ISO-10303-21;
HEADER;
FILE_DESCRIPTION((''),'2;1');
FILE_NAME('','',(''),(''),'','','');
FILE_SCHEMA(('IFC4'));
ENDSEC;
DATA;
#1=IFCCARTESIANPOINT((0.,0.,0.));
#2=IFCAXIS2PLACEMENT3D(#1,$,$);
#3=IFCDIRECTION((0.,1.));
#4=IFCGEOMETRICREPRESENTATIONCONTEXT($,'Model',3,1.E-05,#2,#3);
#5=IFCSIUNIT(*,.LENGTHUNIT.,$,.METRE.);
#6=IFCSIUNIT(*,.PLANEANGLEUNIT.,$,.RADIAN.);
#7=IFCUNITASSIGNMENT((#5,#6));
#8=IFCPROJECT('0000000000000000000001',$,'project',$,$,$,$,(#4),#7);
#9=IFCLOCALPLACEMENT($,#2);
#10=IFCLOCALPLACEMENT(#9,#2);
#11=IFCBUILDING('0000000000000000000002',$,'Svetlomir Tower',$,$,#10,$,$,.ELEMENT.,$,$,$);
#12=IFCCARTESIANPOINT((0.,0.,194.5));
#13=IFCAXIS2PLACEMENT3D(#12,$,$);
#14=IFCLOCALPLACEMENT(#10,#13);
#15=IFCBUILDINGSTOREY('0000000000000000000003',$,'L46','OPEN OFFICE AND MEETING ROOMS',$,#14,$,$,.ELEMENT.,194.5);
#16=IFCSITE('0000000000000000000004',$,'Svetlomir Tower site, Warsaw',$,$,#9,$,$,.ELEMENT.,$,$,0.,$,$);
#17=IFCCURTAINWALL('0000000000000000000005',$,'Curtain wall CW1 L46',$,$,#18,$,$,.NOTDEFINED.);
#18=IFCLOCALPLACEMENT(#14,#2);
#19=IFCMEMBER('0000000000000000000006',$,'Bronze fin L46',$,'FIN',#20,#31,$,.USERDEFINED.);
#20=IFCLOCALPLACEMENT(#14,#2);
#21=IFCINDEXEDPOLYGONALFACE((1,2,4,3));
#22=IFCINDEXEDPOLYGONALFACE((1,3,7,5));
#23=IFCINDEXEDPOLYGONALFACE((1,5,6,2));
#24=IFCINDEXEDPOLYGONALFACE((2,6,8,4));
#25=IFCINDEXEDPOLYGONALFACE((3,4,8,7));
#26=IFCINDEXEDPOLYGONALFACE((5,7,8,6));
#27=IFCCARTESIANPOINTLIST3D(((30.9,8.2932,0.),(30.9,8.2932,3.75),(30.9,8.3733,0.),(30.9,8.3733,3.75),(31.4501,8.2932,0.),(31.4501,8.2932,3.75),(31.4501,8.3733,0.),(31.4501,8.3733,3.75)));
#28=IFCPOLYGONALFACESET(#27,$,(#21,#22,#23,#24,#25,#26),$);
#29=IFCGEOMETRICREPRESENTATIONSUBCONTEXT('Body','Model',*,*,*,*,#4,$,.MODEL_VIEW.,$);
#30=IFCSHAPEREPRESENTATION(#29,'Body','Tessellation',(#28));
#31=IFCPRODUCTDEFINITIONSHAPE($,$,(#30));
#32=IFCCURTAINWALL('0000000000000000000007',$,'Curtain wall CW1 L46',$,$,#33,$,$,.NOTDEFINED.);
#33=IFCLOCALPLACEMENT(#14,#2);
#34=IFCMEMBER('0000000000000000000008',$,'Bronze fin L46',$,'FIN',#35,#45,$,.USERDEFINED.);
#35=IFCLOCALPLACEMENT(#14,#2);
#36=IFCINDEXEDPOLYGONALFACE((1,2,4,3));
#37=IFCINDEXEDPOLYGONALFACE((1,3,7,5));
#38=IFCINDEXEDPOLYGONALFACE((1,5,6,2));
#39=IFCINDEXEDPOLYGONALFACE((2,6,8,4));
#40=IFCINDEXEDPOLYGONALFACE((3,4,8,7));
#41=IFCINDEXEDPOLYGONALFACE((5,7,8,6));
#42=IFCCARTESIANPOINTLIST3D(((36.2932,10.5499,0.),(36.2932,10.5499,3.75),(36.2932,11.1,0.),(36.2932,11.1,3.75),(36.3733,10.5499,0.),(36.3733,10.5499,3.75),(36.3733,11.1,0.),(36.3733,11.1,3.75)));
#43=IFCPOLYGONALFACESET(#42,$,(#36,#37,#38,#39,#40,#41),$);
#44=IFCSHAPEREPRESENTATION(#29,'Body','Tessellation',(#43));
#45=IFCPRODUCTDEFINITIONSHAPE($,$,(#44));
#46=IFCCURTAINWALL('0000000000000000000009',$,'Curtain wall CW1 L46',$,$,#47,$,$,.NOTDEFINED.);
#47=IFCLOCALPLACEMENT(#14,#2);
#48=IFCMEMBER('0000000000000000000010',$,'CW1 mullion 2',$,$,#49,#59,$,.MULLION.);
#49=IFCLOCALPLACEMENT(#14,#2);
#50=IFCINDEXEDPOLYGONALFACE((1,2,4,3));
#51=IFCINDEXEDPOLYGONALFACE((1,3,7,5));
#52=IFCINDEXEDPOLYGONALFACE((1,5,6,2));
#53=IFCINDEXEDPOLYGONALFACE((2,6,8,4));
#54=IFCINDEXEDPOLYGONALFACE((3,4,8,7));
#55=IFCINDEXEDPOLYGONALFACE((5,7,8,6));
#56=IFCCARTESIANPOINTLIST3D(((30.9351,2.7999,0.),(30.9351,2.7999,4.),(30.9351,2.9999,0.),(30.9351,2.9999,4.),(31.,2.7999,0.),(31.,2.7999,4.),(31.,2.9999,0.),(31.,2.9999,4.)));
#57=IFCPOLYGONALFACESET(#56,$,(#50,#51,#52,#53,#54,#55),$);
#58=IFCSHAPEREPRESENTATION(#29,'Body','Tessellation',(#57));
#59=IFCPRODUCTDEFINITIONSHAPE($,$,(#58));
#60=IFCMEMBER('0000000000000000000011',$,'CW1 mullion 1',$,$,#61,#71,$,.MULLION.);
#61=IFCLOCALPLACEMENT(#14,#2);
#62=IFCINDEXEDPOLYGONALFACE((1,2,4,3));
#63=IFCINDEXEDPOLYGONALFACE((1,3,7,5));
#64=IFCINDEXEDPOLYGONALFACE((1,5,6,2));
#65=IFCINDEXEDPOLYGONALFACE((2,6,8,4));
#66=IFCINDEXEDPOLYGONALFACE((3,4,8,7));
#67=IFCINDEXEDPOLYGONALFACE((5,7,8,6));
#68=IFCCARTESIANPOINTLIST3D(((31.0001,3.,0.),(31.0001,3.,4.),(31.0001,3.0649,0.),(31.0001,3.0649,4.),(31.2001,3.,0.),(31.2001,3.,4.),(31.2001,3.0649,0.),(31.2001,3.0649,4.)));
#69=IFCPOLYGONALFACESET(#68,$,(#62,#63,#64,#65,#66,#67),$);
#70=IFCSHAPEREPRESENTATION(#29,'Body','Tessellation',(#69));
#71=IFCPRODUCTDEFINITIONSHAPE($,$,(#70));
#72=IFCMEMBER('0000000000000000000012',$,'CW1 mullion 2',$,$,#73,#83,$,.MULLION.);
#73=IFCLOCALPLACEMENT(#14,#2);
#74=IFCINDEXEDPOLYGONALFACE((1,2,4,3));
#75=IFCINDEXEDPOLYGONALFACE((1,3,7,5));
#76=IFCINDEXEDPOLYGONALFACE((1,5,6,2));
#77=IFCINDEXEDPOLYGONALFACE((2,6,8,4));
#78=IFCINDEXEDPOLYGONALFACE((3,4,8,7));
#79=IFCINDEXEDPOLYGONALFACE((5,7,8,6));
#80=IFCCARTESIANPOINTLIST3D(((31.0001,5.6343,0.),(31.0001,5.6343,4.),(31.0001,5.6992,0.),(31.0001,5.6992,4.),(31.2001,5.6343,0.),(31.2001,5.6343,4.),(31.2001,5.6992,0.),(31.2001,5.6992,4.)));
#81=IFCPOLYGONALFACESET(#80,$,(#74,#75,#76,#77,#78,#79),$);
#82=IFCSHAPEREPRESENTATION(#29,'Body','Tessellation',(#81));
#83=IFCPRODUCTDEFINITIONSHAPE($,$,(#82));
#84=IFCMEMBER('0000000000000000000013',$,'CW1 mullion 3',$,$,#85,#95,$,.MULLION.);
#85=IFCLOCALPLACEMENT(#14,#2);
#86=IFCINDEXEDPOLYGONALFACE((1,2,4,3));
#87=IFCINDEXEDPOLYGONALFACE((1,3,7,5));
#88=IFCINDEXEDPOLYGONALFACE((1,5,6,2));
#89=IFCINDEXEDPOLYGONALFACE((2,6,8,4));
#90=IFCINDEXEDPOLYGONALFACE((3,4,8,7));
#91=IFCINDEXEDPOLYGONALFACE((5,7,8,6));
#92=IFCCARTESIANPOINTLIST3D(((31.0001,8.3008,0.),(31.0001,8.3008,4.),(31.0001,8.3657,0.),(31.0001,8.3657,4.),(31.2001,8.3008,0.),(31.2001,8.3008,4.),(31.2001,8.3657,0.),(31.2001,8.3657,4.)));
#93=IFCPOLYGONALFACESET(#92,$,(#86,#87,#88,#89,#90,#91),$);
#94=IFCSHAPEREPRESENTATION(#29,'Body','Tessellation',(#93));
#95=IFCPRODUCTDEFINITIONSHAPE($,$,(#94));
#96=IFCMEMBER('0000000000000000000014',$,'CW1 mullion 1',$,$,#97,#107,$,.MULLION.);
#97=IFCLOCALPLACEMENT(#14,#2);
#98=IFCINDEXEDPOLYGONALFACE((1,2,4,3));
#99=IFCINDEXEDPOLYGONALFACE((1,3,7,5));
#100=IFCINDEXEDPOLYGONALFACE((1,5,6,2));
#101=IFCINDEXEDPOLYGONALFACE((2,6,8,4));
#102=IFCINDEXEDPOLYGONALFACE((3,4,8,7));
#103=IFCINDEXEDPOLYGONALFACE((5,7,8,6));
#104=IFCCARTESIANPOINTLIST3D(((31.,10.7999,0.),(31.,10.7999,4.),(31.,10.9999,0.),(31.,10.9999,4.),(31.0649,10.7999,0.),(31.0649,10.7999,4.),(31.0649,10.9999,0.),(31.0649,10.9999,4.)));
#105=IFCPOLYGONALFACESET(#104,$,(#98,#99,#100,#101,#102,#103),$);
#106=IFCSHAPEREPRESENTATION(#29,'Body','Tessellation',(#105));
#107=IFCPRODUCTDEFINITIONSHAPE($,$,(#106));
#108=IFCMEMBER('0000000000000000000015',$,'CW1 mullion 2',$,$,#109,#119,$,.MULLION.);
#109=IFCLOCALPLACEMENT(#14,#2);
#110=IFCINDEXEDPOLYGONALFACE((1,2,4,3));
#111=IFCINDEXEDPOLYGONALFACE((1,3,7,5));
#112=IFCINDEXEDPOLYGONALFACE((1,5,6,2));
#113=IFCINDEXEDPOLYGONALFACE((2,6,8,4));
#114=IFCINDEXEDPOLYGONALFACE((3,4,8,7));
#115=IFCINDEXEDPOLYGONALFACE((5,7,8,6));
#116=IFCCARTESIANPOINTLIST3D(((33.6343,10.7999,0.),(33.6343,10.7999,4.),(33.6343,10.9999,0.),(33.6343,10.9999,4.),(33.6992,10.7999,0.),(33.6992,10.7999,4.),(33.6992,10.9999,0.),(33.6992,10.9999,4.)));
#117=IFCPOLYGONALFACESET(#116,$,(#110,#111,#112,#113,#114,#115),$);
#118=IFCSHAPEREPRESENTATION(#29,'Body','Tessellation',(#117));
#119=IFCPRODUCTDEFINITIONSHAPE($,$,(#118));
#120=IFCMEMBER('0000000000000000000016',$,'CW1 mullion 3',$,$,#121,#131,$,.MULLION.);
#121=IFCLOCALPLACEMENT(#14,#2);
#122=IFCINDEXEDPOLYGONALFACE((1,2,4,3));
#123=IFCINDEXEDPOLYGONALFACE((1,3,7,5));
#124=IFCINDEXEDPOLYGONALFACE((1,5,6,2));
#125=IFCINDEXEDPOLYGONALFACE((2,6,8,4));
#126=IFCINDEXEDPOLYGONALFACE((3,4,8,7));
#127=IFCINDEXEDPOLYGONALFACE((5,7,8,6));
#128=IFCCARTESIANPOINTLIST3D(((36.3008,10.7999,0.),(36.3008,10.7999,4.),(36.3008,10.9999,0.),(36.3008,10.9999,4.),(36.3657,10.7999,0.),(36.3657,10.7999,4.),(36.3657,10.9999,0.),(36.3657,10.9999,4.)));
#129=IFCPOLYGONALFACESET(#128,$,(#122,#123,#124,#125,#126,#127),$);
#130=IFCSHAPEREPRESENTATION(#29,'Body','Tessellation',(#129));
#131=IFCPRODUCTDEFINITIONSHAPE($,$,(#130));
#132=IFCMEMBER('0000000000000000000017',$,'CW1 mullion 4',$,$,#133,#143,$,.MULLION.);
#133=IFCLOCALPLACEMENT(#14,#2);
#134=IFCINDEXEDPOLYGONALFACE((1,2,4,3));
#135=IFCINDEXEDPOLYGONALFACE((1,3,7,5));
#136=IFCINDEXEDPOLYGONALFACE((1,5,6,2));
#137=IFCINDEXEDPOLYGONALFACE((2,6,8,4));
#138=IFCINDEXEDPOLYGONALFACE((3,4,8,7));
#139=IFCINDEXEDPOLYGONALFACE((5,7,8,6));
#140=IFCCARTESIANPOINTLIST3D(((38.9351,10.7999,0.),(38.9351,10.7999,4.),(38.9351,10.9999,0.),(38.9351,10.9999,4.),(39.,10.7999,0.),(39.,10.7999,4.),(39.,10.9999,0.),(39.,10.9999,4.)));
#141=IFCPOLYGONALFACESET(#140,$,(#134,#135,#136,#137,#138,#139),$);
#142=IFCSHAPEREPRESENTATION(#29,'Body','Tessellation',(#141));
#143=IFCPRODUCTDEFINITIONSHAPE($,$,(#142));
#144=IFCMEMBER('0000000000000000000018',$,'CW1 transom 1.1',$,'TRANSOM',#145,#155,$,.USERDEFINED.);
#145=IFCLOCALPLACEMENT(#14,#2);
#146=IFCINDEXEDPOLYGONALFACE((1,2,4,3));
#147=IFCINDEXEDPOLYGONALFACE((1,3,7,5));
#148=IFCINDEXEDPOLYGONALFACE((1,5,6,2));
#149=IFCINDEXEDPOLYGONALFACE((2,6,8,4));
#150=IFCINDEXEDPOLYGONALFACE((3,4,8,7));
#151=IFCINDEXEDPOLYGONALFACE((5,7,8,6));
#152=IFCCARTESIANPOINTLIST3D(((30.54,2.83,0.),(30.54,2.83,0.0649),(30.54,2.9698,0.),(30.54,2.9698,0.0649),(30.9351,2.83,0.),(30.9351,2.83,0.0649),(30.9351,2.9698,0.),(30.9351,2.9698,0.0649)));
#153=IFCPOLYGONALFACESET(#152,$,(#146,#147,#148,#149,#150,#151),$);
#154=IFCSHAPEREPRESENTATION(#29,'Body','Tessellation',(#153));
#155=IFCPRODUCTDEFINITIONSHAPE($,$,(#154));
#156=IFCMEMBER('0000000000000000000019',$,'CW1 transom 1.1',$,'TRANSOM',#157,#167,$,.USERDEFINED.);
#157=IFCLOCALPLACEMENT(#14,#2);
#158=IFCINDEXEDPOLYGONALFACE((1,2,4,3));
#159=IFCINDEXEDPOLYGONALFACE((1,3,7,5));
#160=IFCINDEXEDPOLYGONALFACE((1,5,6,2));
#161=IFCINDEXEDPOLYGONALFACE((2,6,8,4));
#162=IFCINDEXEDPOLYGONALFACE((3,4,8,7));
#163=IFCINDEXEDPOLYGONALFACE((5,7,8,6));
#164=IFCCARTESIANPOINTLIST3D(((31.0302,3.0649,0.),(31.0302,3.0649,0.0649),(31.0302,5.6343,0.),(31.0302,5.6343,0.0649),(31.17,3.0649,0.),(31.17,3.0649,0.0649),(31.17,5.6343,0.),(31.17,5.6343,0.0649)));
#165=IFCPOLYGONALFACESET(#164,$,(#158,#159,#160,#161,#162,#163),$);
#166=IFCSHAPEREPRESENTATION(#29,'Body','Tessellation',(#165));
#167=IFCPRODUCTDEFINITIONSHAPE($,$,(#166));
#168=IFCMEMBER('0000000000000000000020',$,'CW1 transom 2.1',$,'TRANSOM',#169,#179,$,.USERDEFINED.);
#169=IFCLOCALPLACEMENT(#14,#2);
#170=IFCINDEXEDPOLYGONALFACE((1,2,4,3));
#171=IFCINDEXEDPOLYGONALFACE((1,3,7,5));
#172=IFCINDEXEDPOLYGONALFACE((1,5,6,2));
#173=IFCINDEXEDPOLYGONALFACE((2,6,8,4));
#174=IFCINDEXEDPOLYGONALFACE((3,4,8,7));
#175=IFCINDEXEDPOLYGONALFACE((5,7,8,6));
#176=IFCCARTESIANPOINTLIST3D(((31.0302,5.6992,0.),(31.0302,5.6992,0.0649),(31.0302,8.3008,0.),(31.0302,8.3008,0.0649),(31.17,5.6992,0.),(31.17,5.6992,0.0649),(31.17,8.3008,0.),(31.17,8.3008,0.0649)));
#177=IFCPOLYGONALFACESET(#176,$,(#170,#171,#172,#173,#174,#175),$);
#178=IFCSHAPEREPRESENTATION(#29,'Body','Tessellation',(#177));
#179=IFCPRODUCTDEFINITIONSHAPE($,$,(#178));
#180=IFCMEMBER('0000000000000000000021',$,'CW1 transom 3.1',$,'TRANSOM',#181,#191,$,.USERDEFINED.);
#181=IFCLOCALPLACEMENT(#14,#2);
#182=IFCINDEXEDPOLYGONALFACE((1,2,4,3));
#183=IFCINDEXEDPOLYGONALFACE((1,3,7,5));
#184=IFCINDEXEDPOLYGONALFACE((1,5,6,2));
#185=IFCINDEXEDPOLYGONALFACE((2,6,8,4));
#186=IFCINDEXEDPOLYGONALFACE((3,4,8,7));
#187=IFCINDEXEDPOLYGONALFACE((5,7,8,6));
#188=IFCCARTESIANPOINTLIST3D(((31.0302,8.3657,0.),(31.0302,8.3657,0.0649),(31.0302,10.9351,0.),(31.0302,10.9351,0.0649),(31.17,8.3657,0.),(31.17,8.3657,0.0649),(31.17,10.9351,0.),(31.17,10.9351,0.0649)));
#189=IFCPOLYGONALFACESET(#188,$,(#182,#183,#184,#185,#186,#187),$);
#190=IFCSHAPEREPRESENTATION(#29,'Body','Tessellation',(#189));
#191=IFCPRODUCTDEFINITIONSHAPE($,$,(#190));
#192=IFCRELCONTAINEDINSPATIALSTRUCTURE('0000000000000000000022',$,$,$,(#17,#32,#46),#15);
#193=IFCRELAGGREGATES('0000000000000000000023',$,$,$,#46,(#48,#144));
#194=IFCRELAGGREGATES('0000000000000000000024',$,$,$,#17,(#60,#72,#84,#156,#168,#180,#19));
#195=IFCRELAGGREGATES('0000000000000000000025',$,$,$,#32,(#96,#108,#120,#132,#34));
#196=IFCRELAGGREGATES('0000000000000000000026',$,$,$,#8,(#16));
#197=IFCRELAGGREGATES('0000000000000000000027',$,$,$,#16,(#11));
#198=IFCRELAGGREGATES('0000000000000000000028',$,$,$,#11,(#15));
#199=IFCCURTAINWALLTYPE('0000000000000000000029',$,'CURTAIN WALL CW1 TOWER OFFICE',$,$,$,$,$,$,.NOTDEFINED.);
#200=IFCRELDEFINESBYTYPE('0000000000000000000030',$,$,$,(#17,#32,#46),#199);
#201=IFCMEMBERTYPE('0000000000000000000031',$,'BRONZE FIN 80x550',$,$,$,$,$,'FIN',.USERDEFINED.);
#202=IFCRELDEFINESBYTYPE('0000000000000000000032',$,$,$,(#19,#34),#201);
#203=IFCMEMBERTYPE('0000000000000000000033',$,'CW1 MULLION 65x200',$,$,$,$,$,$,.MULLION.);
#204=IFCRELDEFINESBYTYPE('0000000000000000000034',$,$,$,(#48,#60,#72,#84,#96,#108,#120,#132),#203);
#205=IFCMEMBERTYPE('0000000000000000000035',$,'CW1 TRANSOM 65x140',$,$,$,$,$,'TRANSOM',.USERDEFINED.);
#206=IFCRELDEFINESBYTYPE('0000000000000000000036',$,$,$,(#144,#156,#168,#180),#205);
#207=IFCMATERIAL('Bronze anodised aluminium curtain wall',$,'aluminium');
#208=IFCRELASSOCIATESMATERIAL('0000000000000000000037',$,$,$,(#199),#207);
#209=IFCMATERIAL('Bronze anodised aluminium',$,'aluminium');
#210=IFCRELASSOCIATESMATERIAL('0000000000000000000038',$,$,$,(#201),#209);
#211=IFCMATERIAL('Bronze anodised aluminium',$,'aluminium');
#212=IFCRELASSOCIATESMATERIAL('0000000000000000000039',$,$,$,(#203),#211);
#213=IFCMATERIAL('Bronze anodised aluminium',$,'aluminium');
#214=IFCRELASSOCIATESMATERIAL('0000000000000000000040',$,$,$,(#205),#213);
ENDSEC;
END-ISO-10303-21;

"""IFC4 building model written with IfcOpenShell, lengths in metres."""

from ifc_helpers import new_model, si_unit, direction, frame, origin, origin_2d, place, context, subcontext, project, spatial, rectangle, extrude, material, material_profile, profile_set, type_object, element, aggregate, save


model = new_model("IFC4")

# Units and contexts
model_context = context("Model", 3, precision=1e-05, world=origin(), true_north=direction((0.0, 1.0)))
body_context = subcontext(model_context, "Body", "Model", "MODEL_VIEW")
ifc_project = project(units=[si_unit("LENGTHUNIT", "METRE"), si_unit("PLANEANGLEUNIT", "RADIAN")], contexts=[model_context])

# Site, building, storey
site_placement = place(None, origin())
site = spatial("IfcSite", under=ifc_project, at=site_placement, Name="Svetlomir Tower site, Warsaw", CompositionType="ELEMENT", RefElevation=0.0)
building_placement = place(site_placement, origin())
building = spatial("IfcBuilding", under=site, at=building_placement, Name="Svetlomir Tower", CompositionType="ELEMENT")
storey_placement = place(building_placement, frame((0.0, 0.0, 194.5)))
storey = spatial("IfcBuildingStorey", under=building, at=storey_placement, Name="L46", Description="OPEN OFFICE AND MEETING ROOMS", CompositionType="ELEMENT", Elevation=194.5)

# Curtain walls, members
ifc_material_1 = material(Name="Bronze anodised aluminium curtain wall", Category="aluminium")
curtain_wall_type = type_object("IfcCurtainWallType", Name="CURTAIN WALL CW1 TOWER OFFICE", PredefinedType="NOTDEFINED", material=ifc_material_1)
curtain_wall_1_placement = place(storey_placement, origin())
curtain_wall_1 = element("IfcCurtainWall", 1, at=curtain_wall_1_placement, inside=storey, type_object=curtain_wall_type, Name="Curtain wall CW1 L46", PredefinedType="NOTDEFINED")
ifc_material_2 = material(Name="Bronze anodised aluminium", Category="aluminium")
ifc_material_profile_1 = material_profile(ifc_material_2, rectangle(XDim=0.0801, YDim=0.55, at=origin_2d()), Name="FIN 80x550")
ifc_profile_set_1 = profile_set([ifc_material_profile_1], Name="Bronze anodised aluminium 6063-T6")
member_type_1 = type_object("IfcMemberType", Name="BRONZE FIN 80x550", ElementType="FIN", PredefinedType="USERDEFINED", material=ifc_profile_set_1)
member_1_placement = place(storey_placement, frame((31.175, 8.3333, 0.0), z_axis=(0.0, 0.0, 1.0), x_axis=(0.0, 1.0, 0.0)))
member_1 = element("IfcMember", 2, at=member_1_placement, type_object=member_type_1, Name="Bronze fin L46", ObjectType="FIN", PredefinedType="USERDEFINED", context=body_context, shape_type="SweptSolid", body=[
    extrude(rectangle(XDim=0.0801, YDim=0.55, at=origin_2d()), origin(), (0.0, 0.0, 1.0), 3.75),
])
curtain_wall_2_placement = place(storey_placement, origin())
curtain_wall_2 = element("IfcCurtainWall", 3, at=curtain_wall_2_placement, inside=storey, type_object=curtain_wall_type, Name="Curtain wall CW1 L46", PredefinedType="NOTDEFINED")
member_2_placement = place(storey_placement, frame((36.3333, 10.825, 0.0), z_axis=(0.0, 0.0, 1.0), x_axis=(1.0, 0.0, 0.0)))
member_2 = element("IfcMember", 4, at=member_2_placement, type_object=member_type_1, Name="Bronze fin L46", ObjectType="FIN", PredefinedType="USERDEFINED", context=body_context, shape_type="SweptSolid", body=[
    extrude(rectangle(XDim=0.0801, YDim=0.55, at=origin_2d()), origin(), (0.0, 0.0, 1.0), 3.75),
])
curtain_wall_3_placement = place(storey_placement, origin())
curtain_wall_3 = element("IfcCurtainWall", 5, at=curtain_wall_3_placement, inside=storey, type_object=curtain_wall_type, Name="Curtain wall CW1 L46", PredefinedType="NOTDEFINED")
ifc_material_3 = material(Name="Bronze anodised aluminium", Category="aluminium")
ifc_material_profile_2 = material_profile(ifc_material_3, rectangle(XDim=0.0649, YDim=0.2, at=origin_2d()), Name="AL 65x200")
ifc_profile_set_2 = profile_set([ifc_material_profile_2], Name="Bronze anodised aluminium 6063-T6")
member_type_2 = type_object("IfcMemberType", Name="CW1 MULLION 65x200", PredefinedType="MULLION", material=ifc_profile_set_2)
member_3_placement = place(storey_placement, frame((30.9675, 2.8999, 0.0), z_axis=(0.0, 0.0, 1.0), x_axis=(1.0, 0.0, 0.0)))
member_3 = element("IfcMember", 6, at=member_3_placement, type_object=member_type_2, Name="CW1 mullion 2", PredefinedType="MULLION", context=body_context, shape_type="SweptSolid", body=[
    extrude(rectangle(XDim=0.0649, YDim=0.2, at=origin_2d()), origin(), (0.0, 0.0, 1.0), 4.0),
])

# Members
member_4_placement = place(storey_placement, frame((31.1001, 3.0325, 0.0), z_axis=(0.0, 0.0, 1.0), x_axis=(0.0, 1.0, 0.0)))
member_4 = element("IfcMember", 7, at=member_4_placement, type_object=member_type_2, Name="CW1 mullion 1", PredefinedType="MULLION", context=body_context, shape_type="SweptSolid", body=[
    extrude(rectangle(XDim=0.0649, YDim=0.2, at=origin_2d()), origin(), (0.0, 0.0, 1.0), 4.0),
])
member_5_placement = place(storey_placement, frame((31.1001, 5.6667, 0.0), z_axis=(0.0, 0.0, 1.0), x_axis=(0.0, 1.0, 0.0)))
member_5 = element("IfcMember", 8, at=member_5_placement, type_object=member_type_2, Name="CW1 mullion 2", PredefinedType="MULLION", context=body_context, shape_type="SweptSolid", body=[
    extrude(rectangle(XDim=0.0649, YDim=0.2, at=origin_2d()), origin(), (0.0, 0.0, 1.0), 4.0),
])
member_6_placement = place(storey_placement, frame((31.1001, 8.3333, 0.0), z_axis=(0.0, 0.0, 1.0), x_axis=(0.0, 1.0, 0.0)))
member_6 = element("IfcMember", 9, at=member_6_placement, type_object=member_type_2, Name="CW1 mullion 3", PredefinedType="MULLION", context=body_context, shape_type="SweptSolid", body=[
    extrude(rectangle(XDim=0.0649, YDim=0.2, at=origin_2d()), origin(), (0.0, 0.0, 1.0), 4.0),
])
member_7_placement = place(storey_placement, frame((31.0325, 10.8999, 0.0), z_axis=(0.0, 0.0, 1.0), x_axis=(1.0, 0.0, 0.0)))
member_7 = element("IfcMember", 10, at=member_7_placement, type_object=member_type_2, Name="CW1 mullion 1", PredefinedType="MULLION", context=body_context, shape_type="SweptSolid", body=[
    extrude(rectangle(XDim=0.0649, YDim=0.2, at=origin_2d()), origin(), (0.0, 0.0, 1.0), 4.0),
])
member_8_placement = place(storey_placement, frame((33.6667, 10.8999, 0.0), z_axis=(0.0, 0.0, 1.0), x_axis=(1.0, 0.0, 0.0)))
member_8 = element("IfcMember", 11, at=member_8_placement, type_object=member_type_2, Name="CW1 mullion 2", PredefinedType="MULLION", context=body_context, shape_type="SweptSolid", body=[
    extrude(rectangle(XDim=0.0649, YDim=0.2, at=origin_2d()), origin(), (0.0, 0.0, 1.0), 4.0),
])
member_9_placement = place(storey_placement, frame((36.3333, 10.8999, 0.0), z_axis=(0.0, 0.0, 1.0), x_axis=(1.0, 0.0, 0.0)))
member_9 = element("IfcMember", 12, at=member_9_placement, type_object=member_type_2, Name="CW1 mullion 3", PredefinedType="MULLION", context=body_context, shape_type="SweptSolid", body=[
    extrude(rectangle(XDim=0.0649, YDim=0.2, at=origin_2d()), origin(), (0.0, 0.0, 1.0), 4.0),
])
member_10_placement = place(storey_placement, frame((38.9675, 10.8999, 0.0), z_axis=(0.0, 0.0, 1.0), x_axis=(1.0, 0.0, 0.0)))
member_10 = element("IfcMember", 13, at=member_10_placement, type_object=member_type_2, Name="CW1 mullion 4", PredefinedType="MULLION", context=body_context, shape_type="SweptSolid", body=[
    extrude(rectangle(XDim=0.0649, YDim=0.2, at=origin_2d()), origin(), (0.0, 0.0, 1.0), 4.0),
])
ifc_material_4 = material(Name="Bronze anodised aluminium", Category="aluminium")
ifc_material_profile_3 = material_profile(ifc_material_4, rectangle(XDim=0.1399, YDim=0.0649, at=origin_2d()), Name="AL 140x65")
ifc_profile_set_3 = profile_set([ifc_material_profile_3], Name="Bronze anodised aluminium 6063-T6")
member_type_3 = type_object("IfcMemberType", Name="CW1 TRANSOM 65x140", ElementType="TRANSOM", PredefinedType="USERDEFINED", material=ifc_profile_set_3)
member_11_placement = place(storey_placement, frame((30.54, 2.8999, 0.0325), z_axis=(1.0, 0.0, 0.0), x_axis=(0.0, 1.0, 0.0)))
member_11 = element("IfcMember", 14, at=member_11_placement, type_object=member_type_3, Name="CW1 transom 1.1", ObjectType="TRANSOM", PredefinedType="USERDEFINED", context=body_context, shape_type="SweptSolid", body=[
    extrude(rectangle(XDim=0.1399, YDim=0.0649, at=origin_2d()), origin(), (0.0, 0.0, 1.0), 0.395),
])
member_12_placement = place(storey_placement, frame((31.1001, 3.0649, 0.0325), z_axis=(0.0, 1.0, 0.0), x_axis=(-1.0, 0.0, 0.0)))
member_12 = element("IfcMember", 15, at=member_12_placement, type_object=member_type_3, Name="CW1 transom 1.1", ObjectType="TRANSOM", PredefinedType="USERDEFINED", context=body_context, shape_type="SweptSolid", body=[
    extrude(rectangle(XDim=0.1399, YDim=0.0649, at=origin_2d()), origin(), (0.0, 0.0, 1.0), 2.5693),
])
member_13_placement = place(storey_placement, frame((31.1001, 5.6992, 0.0325), z_axis=(0.0, 1.0, 0.0), x_axis=(-1.0, 0.0, 0.0)))
member_13 = element("IfcMember", 16, at=member_13_placement, type_object=member_type_3, Name="CW1 transom 2.1", ObjectType="TRANSOM", PredefinedType="USERDEFINED", context=body_context, shape_type="SweptSolid", body=[
    extrude(rectangle(XDim=0.1399, YDim=0.0649, at=origin_2d()), origin(), (0.0, 0.0, 1.0), 2.6016),
])
member_14_placement = place(storey_placement, frame((31.1001, 8.3657, 0.0325), z_axis=(0.0, 1.0, 0.0), x_axis=(-1.0, 0.0, 0.0)))
member_14 = element("IfcMember", 17, at=member_14_placement, type_object=member_type_3, Name="CW1 transom 3.1", ObjectType="TRANSOM", PredefinedType="USERDEFINED", context=body_context, shape_type="SweptSolid", body=[
    extrude(rectangle(XDim=0.1399, YDim=0.0649, at=origin_2d()), origin(), (0.0, 0.0, 1.0), 2.5693),
])

aggregate(curtain_wall_3, [member_3, member_11])
aggregate(curtain_wall_1, [member_4, member_5, member_6, member_12, member_13, member_14, member_1])
aggregate(curtain_wall_2, [member_7, member_8, member_9, member_10, member_2])

save(model, "model.ifc")
